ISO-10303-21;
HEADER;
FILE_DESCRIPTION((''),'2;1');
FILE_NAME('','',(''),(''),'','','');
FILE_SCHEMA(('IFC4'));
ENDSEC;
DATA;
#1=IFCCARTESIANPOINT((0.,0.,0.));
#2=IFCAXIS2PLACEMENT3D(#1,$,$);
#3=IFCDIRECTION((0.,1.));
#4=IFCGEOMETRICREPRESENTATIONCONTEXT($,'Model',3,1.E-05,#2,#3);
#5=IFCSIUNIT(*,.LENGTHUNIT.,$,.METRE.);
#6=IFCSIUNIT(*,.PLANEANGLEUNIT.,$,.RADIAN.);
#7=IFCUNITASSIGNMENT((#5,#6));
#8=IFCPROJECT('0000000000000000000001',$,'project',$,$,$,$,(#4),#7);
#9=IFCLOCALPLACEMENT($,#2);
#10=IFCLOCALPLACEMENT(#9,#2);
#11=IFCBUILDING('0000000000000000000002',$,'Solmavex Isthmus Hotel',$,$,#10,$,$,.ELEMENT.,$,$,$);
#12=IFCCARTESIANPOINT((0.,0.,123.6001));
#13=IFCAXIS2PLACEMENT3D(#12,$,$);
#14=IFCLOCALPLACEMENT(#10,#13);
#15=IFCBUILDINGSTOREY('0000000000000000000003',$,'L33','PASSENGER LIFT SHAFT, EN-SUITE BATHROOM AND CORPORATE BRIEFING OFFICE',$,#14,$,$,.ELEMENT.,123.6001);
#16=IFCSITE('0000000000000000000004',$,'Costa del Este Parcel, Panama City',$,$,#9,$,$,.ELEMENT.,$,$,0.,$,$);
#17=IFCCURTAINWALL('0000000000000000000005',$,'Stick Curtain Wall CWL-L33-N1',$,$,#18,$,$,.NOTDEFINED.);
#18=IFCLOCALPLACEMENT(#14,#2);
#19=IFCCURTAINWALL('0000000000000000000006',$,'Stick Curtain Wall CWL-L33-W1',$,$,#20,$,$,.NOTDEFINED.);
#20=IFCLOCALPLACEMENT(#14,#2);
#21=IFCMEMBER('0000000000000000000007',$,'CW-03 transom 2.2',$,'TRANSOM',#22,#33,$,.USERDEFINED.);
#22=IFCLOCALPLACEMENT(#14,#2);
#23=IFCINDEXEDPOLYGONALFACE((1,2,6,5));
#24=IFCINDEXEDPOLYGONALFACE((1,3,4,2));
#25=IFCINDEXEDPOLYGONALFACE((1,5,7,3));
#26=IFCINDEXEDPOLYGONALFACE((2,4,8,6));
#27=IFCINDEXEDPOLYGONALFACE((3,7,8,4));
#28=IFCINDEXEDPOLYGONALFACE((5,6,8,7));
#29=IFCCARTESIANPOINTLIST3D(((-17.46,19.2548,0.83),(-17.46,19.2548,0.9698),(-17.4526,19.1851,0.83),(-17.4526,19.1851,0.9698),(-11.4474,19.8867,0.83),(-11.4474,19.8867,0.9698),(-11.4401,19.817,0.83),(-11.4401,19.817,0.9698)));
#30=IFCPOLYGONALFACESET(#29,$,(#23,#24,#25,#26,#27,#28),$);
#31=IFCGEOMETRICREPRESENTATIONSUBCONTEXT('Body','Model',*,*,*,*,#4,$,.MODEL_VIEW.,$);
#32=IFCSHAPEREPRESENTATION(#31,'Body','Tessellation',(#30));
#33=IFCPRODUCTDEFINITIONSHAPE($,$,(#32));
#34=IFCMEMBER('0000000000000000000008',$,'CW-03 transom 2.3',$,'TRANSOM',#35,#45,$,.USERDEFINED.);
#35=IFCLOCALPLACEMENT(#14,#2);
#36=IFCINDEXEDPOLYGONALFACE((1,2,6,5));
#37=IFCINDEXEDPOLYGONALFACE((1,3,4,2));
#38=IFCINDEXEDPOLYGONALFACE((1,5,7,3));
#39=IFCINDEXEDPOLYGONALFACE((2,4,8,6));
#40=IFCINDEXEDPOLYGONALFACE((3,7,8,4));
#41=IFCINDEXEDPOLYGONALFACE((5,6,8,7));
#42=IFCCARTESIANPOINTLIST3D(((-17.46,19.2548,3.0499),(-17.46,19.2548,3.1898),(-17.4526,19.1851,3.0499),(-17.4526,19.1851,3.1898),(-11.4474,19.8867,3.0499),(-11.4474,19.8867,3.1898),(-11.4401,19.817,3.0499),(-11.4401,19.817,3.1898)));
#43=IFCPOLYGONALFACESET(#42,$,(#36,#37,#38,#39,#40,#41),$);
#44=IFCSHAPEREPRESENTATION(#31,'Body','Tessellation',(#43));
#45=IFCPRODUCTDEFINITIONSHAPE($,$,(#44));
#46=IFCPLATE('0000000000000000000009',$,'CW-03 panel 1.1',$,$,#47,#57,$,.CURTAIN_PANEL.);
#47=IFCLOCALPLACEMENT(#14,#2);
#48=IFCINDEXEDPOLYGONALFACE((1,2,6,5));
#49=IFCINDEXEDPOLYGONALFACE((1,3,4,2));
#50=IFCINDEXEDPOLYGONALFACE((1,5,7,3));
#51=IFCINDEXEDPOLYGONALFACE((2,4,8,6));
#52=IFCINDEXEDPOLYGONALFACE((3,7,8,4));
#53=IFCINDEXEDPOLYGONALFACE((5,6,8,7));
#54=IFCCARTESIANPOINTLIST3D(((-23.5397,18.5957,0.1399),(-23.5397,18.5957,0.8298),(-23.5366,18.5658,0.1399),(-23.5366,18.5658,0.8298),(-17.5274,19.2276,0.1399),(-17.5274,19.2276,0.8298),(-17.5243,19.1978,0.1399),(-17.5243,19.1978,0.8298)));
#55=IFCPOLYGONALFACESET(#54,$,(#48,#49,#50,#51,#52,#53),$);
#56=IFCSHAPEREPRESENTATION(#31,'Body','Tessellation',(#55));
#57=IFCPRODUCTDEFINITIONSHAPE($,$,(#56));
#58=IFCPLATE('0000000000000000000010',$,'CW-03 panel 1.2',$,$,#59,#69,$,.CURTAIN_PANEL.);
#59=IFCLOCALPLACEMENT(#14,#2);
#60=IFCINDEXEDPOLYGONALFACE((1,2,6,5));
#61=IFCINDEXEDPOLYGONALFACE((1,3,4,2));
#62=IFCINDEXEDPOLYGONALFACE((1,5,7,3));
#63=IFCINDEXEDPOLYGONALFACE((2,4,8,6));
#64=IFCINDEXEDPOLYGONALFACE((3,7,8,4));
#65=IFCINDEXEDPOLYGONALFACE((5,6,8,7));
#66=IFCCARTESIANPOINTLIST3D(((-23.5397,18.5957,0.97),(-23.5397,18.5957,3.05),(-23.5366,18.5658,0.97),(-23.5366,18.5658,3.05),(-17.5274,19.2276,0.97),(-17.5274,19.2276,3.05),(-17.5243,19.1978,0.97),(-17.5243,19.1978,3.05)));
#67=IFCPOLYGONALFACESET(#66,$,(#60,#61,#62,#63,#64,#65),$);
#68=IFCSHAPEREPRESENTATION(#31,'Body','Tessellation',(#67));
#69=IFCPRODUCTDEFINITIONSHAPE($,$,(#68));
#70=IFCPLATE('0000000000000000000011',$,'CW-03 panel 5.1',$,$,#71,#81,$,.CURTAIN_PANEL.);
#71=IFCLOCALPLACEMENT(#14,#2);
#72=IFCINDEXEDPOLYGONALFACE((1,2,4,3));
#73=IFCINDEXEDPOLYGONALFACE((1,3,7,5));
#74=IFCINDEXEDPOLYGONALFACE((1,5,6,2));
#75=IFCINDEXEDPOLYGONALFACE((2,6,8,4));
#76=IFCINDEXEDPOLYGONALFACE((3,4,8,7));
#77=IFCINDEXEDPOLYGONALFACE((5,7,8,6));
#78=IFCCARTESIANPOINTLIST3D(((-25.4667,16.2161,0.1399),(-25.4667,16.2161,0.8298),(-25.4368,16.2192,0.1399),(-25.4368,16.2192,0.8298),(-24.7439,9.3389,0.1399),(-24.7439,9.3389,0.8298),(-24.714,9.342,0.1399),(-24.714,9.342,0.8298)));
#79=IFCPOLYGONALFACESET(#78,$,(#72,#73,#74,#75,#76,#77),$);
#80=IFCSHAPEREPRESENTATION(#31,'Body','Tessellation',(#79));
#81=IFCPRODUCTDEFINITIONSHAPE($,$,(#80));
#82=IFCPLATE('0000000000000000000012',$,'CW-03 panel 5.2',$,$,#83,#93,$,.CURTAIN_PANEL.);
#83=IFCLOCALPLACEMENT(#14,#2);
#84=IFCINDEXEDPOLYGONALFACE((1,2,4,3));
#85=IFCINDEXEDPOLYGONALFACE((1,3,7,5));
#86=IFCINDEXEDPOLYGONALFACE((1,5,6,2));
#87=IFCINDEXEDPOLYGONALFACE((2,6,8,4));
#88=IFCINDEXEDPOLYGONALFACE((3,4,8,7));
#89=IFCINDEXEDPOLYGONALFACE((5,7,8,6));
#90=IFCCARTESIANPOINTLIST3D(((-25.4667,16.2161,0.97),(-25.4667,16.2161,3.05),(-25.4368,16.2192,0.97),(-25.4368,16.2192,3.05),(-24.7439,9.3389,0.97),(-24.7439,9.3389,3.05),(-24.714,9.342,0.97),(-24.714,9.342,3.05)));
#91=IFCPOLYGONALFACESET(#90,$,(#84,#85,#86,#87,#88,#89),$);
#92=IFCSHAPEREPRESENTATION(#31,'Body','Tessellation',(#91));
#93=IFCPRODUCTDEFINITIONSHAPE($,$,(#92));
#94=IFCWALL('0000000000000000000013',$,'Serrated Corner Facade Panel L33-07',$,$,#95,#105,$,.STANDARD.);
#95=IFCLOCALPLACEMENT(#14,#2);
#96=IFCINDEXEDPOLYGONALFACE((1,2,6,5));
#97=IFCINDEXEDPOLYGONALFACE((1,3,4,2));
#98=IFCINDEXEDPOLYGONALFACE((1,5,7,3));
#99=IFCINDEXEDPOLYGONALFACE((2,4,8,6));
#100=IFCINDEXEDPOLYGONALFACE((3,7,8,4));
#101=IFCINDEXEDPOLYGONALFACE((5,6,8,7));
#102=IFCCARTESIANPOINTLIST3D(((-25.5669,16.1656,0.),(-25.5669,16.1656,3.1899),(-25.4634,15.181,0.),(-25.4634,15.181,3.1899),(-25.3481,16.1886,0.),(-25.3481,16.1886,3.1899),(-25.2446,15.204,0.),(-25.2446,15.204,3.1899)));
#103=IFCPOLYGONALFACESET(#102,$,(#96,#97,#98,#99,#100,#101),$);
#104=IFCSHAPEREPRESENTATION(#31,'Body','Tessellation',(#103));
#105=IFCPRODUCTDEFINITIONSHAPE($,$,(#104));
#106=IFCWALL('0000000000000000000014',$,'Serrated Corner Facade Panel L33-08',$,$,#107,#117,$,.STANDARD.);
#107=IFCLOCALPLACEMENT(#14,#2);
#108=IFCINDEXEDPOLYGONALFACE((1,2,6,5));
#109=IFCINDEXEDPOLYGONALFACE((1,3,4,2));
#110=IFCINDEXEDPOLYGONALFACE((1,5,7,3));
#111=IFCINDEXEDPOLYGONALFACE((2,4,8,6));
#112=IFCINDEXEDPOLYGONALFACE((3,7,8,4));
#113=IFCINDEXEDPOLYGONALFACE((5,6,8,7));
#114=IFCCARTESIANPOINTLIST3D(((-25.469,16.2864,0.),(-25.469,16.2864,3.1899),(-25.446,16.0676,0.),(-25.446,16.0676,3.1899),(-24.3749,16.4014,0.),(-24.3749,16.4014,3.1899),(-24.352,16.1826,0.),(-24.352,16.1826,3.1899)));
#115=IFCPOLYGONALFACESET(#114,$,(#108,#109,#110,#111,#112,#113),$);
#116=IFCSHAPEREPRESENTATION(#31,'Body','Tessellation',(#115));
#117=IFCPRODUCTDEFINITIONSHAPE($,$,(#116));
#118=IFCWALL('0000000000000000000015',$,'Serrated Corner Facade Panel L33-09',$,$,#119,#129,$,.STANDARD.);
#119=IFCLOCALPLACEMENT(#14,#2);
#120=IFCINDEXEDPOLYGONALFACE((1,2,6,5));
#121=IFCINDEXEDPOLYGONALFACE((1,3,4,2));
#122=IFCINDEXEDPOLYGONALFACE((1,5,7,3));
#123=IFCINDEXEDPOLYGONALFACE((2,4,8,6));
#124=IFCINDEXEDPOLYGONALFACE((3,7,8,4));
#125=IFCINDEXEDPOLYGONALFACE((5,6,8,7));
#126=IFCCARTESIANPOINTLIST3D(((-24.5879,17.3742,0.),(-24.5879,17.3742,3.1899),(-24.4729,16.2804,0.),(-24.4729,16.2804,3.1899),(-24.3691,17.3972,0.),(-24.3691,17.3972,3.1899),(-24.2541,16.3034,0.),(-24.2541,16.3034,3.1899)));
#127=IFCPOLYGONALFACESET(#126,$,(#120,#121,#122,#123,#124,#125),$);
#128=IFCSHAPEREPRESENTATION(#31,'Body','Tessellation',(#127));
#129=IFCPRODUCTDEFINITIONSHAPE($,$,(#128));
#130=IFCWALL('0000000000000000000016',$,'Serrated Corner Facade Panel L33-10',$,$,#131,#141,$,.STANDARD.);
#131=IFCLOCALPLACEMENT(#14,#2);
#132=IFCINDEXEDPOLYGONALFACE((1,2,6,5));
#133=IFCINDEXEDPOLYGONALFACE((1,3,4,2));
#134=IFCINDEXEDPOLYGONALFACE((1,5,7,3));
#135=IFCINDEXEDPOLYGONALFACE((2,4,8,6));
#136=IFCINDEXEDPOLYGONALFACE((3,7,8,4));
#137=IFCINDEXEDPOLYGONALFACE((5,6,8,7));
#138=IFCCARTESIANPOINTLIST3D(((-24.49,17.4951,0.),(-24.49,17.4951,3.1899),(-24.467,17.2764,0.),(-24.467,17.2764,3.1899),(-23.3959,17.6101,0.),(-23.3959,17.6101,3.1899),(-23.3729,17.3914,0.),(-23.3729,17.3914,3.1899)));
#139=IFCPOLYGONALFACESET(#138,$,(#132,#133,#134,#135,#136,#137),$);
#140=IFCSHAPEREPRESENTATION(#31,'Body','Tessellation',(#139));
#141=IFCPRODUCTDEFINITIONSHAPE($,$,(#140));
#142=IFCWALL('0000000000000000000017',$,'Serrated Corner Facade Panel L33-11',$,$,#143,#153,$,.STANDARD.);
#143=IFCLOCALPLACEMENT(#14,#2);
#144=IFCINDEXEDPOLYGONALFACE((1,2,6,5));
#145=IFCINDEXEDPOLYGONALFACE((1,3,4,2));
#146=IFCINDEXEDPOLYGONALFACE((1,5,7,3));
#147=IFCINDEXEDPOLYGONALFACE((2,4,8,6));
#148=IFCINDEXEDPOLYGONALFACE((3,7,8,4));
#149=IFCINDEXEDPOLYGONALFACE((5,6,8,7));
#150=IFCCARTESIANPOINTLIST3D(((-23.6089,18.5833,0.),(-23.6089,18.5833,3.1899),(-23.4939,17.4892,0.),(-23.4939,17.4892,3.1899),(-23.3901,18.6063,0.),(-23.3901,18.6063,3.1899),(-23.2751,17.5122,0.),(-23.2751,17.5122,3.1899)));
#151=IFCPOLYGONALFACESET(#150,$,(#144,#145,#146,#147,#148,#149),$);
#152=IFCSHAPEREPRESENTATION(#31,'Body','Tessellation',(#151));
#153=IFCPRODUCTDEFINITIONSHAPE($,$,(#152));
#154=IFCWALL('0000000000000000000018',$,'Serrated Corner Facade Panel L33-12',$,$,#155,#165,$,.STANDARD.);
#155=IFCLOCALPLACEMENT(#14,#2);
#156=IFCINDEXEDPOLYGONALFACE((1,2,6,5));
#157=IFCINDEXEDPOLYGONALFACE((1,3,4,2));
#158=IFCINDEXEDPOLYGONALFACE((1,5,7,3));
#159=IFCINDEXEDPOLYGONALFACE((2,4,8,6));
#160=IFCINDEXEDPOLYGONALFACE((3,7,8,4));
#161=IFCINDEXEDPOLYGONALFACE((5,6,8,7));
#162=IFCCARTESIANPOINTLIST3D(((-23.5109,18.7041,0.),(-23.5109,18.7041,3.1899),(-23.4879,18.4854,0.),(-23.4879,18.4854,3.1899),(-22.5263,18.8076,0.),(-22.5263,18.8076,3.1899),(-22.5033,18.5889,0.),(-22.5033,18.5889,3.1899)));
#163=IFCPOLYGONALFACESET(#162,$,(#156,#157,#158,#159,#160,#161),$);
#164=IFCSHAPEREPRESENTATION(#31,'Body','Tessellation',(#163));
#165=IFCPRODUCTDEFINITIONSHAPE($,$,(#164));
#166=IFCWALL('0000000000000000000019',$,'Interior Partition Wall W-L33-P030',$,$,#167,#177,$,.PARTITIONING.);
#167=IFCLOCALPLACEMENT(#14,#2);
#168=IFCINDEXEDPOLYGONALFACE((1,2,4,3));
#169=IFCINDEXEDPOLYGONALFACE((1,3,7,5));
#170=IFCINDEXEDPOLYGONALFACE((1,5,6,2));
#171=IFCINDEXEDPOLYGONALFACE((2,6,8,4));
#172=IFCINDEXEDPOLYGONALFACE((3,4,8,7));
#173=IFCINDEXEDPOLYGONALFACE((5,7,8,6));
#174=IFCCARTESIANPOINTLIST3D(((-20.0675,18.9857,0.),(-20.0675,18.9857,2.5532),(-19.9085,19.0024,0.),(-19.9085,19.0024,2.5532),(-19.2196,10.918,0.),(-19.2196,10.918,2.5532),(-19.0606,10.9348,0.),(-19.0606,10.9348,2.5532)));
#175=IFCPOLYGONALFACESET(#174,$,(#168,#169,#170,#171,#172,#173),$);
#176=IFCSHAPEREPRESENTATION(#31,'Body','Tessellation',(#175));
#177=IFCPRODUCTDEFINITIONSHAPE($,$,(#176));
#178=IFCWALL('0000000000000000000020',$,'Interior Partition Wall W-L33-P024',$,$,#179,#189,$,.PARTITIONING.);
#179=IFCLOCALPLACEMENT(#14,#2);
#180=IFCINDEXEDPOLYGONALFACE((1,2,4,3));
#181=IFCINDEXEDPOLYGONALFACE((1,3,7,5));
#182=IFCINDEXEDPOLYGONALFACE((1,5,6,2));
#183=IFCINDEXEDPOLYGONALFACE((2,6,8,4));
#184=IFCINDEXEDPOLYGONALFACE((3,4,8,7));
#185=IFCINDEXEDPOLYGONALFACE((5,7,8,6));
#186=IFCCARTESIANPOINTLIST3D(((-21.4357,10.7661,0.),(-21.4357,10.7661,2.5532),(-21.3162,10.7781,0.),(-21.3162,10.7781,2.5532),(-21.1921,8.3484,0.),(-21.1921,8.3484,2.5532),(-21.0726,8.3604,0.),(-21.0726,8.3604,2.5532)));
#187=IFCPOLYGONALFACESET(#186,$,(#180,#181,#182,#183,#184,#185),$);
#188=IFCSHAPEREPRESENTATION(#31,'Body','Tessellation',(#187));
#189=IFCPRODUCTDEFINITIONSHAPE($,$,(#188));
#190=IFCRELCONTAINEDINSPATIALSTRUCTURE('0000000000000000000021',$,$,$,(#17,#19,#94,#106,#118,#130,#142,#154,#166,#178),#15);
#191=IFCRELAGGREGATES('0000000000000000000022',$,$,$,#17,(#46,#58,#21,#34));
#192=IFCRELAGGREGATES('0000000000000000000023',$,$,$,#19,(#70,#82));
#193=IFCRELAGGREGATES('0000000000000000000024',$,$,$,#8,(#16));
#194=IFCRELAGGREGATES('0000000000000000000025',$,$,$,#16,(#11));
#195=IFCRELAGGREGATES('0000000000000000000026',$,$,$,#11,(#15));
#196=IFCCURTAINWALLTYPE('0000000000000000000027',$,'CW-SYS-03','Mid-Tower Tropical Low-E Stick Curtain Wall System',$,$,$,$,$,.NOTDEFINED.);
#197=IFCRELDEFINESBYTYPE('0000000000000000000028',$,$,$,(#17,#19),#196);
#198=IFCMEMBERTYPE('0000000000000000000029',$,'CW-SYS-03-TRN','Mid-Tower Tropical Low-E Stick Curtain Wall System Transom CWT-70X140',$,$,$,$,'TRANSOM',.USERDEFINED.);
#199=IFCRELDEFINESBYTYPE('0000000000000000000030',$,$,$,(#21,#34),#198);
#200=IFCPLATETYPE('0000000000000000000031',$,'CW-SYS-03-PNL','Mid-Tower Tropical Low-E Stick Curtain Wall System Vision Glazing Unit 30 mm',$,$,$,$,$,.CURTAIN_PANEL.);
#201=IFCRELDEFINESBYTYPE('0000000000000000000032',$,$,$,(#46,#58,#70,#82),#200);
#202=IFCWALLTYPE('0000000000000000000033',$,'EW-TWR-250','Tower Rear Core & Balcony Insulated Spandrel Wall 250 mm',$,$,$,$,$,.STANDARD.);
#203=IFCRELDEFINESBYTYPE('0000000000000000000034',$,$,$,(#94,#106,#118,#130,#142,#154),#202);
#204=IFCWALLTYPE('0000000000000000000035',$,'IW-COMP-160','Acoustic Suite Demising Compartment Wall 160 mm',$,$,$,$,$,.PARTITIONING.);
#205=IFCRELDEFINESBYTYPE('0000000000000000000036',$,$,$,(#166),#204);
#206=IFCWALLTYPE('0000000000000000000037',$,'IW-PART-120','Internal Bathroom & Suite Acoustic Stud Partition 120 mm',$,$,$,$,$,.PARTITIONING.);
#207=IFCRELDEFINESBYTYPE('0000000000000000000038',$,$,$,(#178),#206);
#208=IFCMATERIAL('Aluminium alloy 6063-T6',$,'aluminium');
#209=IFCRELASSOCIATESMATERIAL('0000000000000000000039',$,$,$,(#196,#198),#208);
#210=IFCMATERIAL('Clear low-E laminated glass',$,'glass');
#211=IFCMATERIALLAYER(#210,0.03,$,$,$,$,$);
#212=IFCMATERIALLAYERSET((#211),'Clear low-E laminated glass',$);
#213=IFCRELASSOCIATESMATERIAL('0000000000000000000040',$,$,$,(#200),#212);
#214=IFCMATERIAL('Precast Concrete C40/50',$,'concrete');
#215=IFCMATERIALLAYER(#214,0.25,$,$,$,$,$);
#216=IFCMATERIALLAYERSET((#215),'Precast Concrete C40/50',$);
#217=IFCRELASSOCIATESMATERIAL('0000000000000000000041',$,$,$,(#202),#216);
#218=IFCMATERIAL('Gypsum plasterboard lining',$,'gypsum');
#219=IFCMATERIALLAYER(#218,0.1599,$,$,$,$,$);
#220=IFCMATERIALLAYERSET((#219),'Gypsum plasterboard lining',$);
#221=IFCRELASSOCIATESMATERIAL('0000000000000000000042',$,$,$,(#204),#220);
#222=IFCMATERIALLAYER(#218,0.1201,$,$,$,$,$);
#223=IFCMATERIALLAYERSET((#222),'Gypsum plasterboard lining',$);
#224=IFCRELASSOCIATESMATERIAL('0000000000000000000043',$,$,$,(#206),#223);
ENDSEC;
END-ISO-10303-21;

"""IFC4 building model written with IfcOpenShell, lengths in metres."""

from ifc_helpers import new_model, si_unit, direction, frame, frame_2d, origin, origin_2d, place, context, subcontext, project, spatial, rectangle, extrude, material, layer, layer_set, material_profile, profile_set, type_object, element, aggregate, save


model = new_model("IFC4")

# Units and contexts
model_context = context("Model", 3, precision=1e-05, world=origin(), true_north=direction((0.0, 1.0)))
body_context = subcontext(model_context, "Body", "Model", "MODEL_VIEW")
ifc_project = project(units=[si_unit("LENGTHUNIT", "METRE"), si_unit("PLANEANGLEUNIT", "RADIAN")], contexts=[model_context])

# Site, building, storey
site_placement = place(None, origin())
site = spatial("IfcSite", under=ifc_project, at=site_placement, Name="Costa del Este Parcel, Panama City", CompositionType="ELEMENT", RefElevation=0.0)
building_placement = place(site_placement, origin())
building = spatial("IfcBuilding", under=site, at=building_placement, Name="Solmavex Isthmus Hotel", CompositionType="ELEMENT")
storey_placement = place(building_placement, frame((0.0, 0.0, 123.6001)))
storey = spatial("IfcBuildingStorey", under=building, at=storey_placement, Name="L33", Description="PASSENGER LIFT SHAFT, EN-SUITE BATHROOM AND CORPORATE BRIEFING OFFICE", CompositionType="ELEMENT", Elevation=123.6001)

# Curtain wall
ifc_material_1 = material(Name="Aluminium alloy 6063-T6", Category="aluminium")
curtain_wall_type = type_object("IfcCurtainWallType", Name="CW-SYS-03", Description="Mid-Tower Tropical Low-E Stick Curtain Wall System", PredefinedType="NOTDEFINED", material=ifc_material_1)
curtain_wall_1_placement = place(storey_placement, origin())
curtain_wall_1 = element("IfcCurtainWall", 1, at=curtain_wall_1_placement, inside=storey, type_object=curtain_wall_type, Name="Stick Curtain Wall CWL-L33-N1", PredefinedType="NOTDEFINED")

# Curtain wall
curtain_wall_2_placement = place(storey_placement, origin())
curtain_wall_2 = element("IfcCurtainWall", 2, at=curtain_wall_2_placement, inside=storey, type_object=curtain_wall_type, Name="Stick Curtain Wall CWL-L33-W1", PredefinedType="NOTDEFINED")

# Members
ifc_material_profile_1 = material_profile(ifc_material_1, rectangle(XDim=0.0701, YDim=0.1399, at=origin_2d()), Name="CWT-70X140")
ifc_profile_set_1 = profile_set([ifc_material_profile_1], Name="Aluminium alloy 6063-T6")
member_type_1 = type_object("IfcMemberType", Name="CW-SYS-03-TRN", Description="Mid-Tower Tropical Low-E Stick Curtain Wall System Transom CWT-70X140", ElementType="TRANSOM", PredefinedType="USERDEFINED", material=ifc_profile_set_1)
member_1_placement = place(storey_placement, frame((-17.4563, 19.22, 0.8999), z_axis=(0.994524, 0.104512, 0.0), x_axis=(-0.104512, 0.994524, 0.0)))
member_1 = element("IfcMember", 3, at=member_1_placement, type_object=member_type_1, Name="CW-03 transom 2.2", ObjectType="TRANSOM", PredefinedType="USERDEFINED", context=body_context, shape_type="SweptSolid", body=[
    extrude(rectangle(XDim=0.0701, YDim=0.1399, at=origin_2d()), origin(), (0.0, 0.0, 1.0), 6.0457),
])
member_2_placement = place(storey_placement, frame((-17.4563, 19.22, 3.1199), z_axis=(0.994524, 0.104512, 0.0), x_axis=(-0.104512, 0.994524, 0.0)))
member_2 = element("IfcMember", 4, at=member_2_placement, type_object=member_type_1, Name="CW-03 transom 2.3", ObjectType="TRANSOM", PredefinedType="USERDEFINED", context=body_context, shape_type="SweptSolid", body=[
    extrude(rectangle(XDim=0.0701, YDim=0.1399, at=origin_2d()), origin(), (0.0, 0.0, 1.0), 6.0457),
])

# Plates
ifc_material_2 = material(Name="Clear low-E laminated glass", Category="glass")
ifc_layer_1 = layer(ifc_material_2, 0.03)
ifc_layer_set_1 = layer_set([ifc_layer_1], Name="Clear low-E laminated glass")
plate_type = type_object("IfcPlateType", Name="CW-SYS-03-PNL", Description="Mid-Tower Tropical Low-E Stick Curtain Wall System Vision Glazing Unit 30 mm", PredefinedType="CURTAIN_PANEL", material=ifc_layer_set_1)
plate_1_placement = place(storey_placement, frame((-20.532, 18.8967, 0.1399), z_axis=(0.0, 0.0, 1.0), x_axis=(0.994522, 0.104528, 0.0)))
plate_1 = element("IfcPlate", 5, at=plate_1_placement, type_object=plate_type, Name="CW-03 panel 1.1", PredefinedType="CURTAIN_PANEL", context=body_context, shape_type="SweptSolid", body=[
    extrude(rectangle(XDim=6.0454, YDim=0.03, at=origin_2d()), origin(), (0.0, 0.0, 1.0), 0.6899),
])
plate_2_placement = place(storey_placement, frame((-20.532, 18.8967, 0.97), z_axis=(0.0, 0.0, 1.0), x_axis=(0.994522, 0.104528, 0.0)))
plate_2 = element("IfcPlate", 6, at=plate_2_placement, type_object=plate_type, Name="CW-03 panel 1.2", PredefinedType="CURTAIN_PANEL", context=body_context, shape_type="SweptSolid", body=[
    extrude(rectangle(XDim=6.0454, YDim=0.03, at=origin_2d()), origin(), (0.0, 0.0, 1.0), 2.0801),
])
aggregate(curtain_wall_1, [plate_1, plate_2, member_1, member_2])
plate_3_placement = place(storey_placement, frame((-25.0903, 12.7791, 0.1399), z_axis=(0.0, 0.0, 1.0), x_axis=(-0.104528, 0.994522, 0.0)))
plate_3 = element("IfcPlate", 7, at=plate_3_placement, type_object=plate_type, Name="CW-03 panel 5.1", PredefinedType="CURTAIN_PANEL", context=body_context, shape_type="SweptSolid", body=[
    extrude(rectangle(XDim=6.915, YDim=0.03, at=origin_2d()), origin(), (0.0, 0.0, 1.0), 0.6899),
])
plate_4_placement = place(storey_placement, frame((-25.0903, 12.7791, 0.97), z_axis=(0.0, 0.0, 1.0), x_axis=(-0.104528, 0.994522, 0.0)))
plate_4 = element("IfcPlate", 8, at=plate_4_placement, type_object=plate_type, Name="CW-03 panel 5.2", PredefinedType="CURTAIN_PANEL", context=body_context, shape_type="SweptSolid", body=[
    extrude(rectangle(XDim=6.915, YDim=0.03, at=origin_2d()), origin(), (0.0, 0.0, 1.0), 2.0801),
])
aggregate(curtain_wall_2, [plate_3, plate_4])

# Walls
ifc_material_3 = material(Name="Precast Concrete C40/50", Category="concrete")
ifc_layer_2 = layer(ifc_material_3, 0.25)
ifc_layer_set_2 = layer_set([ifc_layer_2], Name="Precast Concrete C40/50")
wall_type_1 = type_object("IfcWallType", Name="EW-TWR-250", Description="Tower Rear Core & Balcony Insulated Spandrel Wall 250 mm", PredefinedType="STANDARD", material=ifc_layer_set_2)
wall_1_placement = place(storey_placement, frame((-25.354, 15.1924, 0.0), z_axis=(0.0, 0.0, 1.0), x_axis=(-0.104556, 0.994519, 0.0)))
element("IfcWall", 9, at=wall_1_placement, inside=storey, type_object=wall_type_1, Name="Serrated Corner Facade Panel L33-07", PredefinedType="STANDARD", context=body_context, shape_type="SweptSolid", body=[
    extrude(rectangle(XDim=0.99, YDim=0.22, at=frame_2d((0.4951, 0.0))), origin(), (0.0, 0.0, 1.0), 3.1899),
])
wall_2_placement = place(storey_placement, frame((-25.4575, 16.177, 0.0), z_axis=(0.0, 0.0, 1.0), x_axis=(0.994521, 0.104535, 0.0)))
element("IfcWall", 10, at=wall_2_placement, inside=storey, type_object=wall_type_1, Name="Serrated Corner Facade Panel L33-08", PredefinedType="STANDARD", context=body_context, shape_type="SweptSolid", body=[
    extrude(rectangle(XDim=1.1001, YDim=0.22, at=frame_2d((0.55, 0.0))), origin(), (0.0, 0.0, 1.0), 3.1899),
])
wall_3_placement = place(storey_placement, frame((-24.3635, 16.292, 0.0), z_axis=(0.0, 0.0, 1.0), x_axis=(-0.104558, 0.994519, 0.0)))
element("IfcWall", 11, at=wall_3_placement, inside=storey, type_object=wall_type_1, Name="Serrated Corner Facade Panel L33-09", PredefinedType="STANDARD", context=body_context, shape_type="SweptSolid", body=[
    extrude(rectangle(XDim=1.0999, YDim=0.22, at=frame_2d((0.5498, 0.0))), origin(), (0.0, 0.0, 1.0), 3.1899),
])
for number, where, z_axis, x_axis, name in (
    (12, (-24.4785, 17.3857, 0.0), (0.0, 0.0, 1.0), (0.994521, 0.104535, 0.0), "Serrated Corner Facade Panel L33-10"),
    (13, (-23.3845, 17.5007, 0.0), (0.0, 0.0, 1.0), (-0.104535, 0.994521, 0.0), "Serrated Corner Facade Panel L33-11"),
):
    element("IfcWall", number, at=place(storey_placement, frame(where, z_axis=z_axis, x_axis=x_axis)), inside=storey, type_object=wall_type_1, Name=name, PredefinedType="STANDARD", context=body_context, shape_type="SweptSolid", body=[
        extrude(rectangle(XDim=1.1001, YDim=0.22, at=frame_2d((0.55, 0.0))), origin(), (0.0, 0.0, 1.0), 3.1899),
    ])
wall_4_placement = place(storey_placement, frame((-23.4995, 18.5947, 0.0), z_axis=(0.0, 0.0, 1.0), x_axis=(0.994519, 0.104556, 0.0)))
element("IfcWall", 14, at=wall_4_placement, inside=storey, type_object=wall_type_1, Name="Serrated Corner Facade Panel L33-12", PredefinedType="STANDARD", context=body_context, shape_type="SweptSolid", body=[
    extrude(rectangle(XDim=0.99, YDim=0.22, at=frame_2d((0.4951, 0.0))), origin(), (0.0, 0.0, 1.0), 3.1899),
])

# Shared definitions
ifc_material_4 = material(Name="Gypsum plasterboard lining", Category="gypsum")
ifc_layer_3 = layer(ifc_material_4, 0.1599)
ifc_layer_set_3 = layer_set([ifc_layer_3], Name="Gypsum plasterboard lining")
wall_type_2 = type_object("IfcWallType", Name="IW-COMP-160", Description="Acoustic Suite Demising Compartment Wall 160 mm", PredefinedType="PARTITIONING", material=ifc_layer_set_3)

# Walls
wall_5_placement = place(storey_placement, frame((-19.988, 18.9941, 0.0), z_axis=(0.0, 0.0, 1.0), x_axis=(0.104523, -0.994522, 0.0)))
element("IfcWall", 15, at=wall_5_placement, inside=storey, type_object=wall_type_2, Name="Interior Partition Wall W-L33-P030", PredefinedType="PARTITIONING", context=body_context, shape_type="SweptSolid", body=[
    extrude(rectangle(XDim=8.1121, YDim=0.1599, at=frame_2d((4.0562, 0.0))), origin(), (0.0, 0.0, 1.0), 2.5532),
])
ifc_layer_4 = layer(ifc_material_4, 0.1201)
ifc_layer_set_4 = layer_set([ifc_layer_4], Name="Gypsum plasterboard lining")
wall_type_3 = type_object("IfcWallType", Name="IW-PART-120", Description="Internal Bathroom & Suite Acoustic Stud Partition 120 mm", PredefinedType="PARTITIONING", material=ifc_layer_set_4)
wall_6_placement = place(storey_placement, frame((-21.376, 10.772, 0.0), z_axis=(0.0, 0.0, 1.0), x_axis=(0.10027, -0.99496, 0.0)))
element("IfcWall", 16, at=wall_6_placement, inside=storey, type_object=wall_type_3, Name="Interior Partition Wall W-L33-P024", PredefinedType="PARTITIONING", context=body_context, shape_type="SweptSolid", body=[
    extrude(rectangle(XDim=2.4299, YDim=0.1201, at=frame_2d((1.2148, 0.0))), origin(), (0.0, 0.0, 1.0), 2.5532),
])

save(model, "model.ifc")
